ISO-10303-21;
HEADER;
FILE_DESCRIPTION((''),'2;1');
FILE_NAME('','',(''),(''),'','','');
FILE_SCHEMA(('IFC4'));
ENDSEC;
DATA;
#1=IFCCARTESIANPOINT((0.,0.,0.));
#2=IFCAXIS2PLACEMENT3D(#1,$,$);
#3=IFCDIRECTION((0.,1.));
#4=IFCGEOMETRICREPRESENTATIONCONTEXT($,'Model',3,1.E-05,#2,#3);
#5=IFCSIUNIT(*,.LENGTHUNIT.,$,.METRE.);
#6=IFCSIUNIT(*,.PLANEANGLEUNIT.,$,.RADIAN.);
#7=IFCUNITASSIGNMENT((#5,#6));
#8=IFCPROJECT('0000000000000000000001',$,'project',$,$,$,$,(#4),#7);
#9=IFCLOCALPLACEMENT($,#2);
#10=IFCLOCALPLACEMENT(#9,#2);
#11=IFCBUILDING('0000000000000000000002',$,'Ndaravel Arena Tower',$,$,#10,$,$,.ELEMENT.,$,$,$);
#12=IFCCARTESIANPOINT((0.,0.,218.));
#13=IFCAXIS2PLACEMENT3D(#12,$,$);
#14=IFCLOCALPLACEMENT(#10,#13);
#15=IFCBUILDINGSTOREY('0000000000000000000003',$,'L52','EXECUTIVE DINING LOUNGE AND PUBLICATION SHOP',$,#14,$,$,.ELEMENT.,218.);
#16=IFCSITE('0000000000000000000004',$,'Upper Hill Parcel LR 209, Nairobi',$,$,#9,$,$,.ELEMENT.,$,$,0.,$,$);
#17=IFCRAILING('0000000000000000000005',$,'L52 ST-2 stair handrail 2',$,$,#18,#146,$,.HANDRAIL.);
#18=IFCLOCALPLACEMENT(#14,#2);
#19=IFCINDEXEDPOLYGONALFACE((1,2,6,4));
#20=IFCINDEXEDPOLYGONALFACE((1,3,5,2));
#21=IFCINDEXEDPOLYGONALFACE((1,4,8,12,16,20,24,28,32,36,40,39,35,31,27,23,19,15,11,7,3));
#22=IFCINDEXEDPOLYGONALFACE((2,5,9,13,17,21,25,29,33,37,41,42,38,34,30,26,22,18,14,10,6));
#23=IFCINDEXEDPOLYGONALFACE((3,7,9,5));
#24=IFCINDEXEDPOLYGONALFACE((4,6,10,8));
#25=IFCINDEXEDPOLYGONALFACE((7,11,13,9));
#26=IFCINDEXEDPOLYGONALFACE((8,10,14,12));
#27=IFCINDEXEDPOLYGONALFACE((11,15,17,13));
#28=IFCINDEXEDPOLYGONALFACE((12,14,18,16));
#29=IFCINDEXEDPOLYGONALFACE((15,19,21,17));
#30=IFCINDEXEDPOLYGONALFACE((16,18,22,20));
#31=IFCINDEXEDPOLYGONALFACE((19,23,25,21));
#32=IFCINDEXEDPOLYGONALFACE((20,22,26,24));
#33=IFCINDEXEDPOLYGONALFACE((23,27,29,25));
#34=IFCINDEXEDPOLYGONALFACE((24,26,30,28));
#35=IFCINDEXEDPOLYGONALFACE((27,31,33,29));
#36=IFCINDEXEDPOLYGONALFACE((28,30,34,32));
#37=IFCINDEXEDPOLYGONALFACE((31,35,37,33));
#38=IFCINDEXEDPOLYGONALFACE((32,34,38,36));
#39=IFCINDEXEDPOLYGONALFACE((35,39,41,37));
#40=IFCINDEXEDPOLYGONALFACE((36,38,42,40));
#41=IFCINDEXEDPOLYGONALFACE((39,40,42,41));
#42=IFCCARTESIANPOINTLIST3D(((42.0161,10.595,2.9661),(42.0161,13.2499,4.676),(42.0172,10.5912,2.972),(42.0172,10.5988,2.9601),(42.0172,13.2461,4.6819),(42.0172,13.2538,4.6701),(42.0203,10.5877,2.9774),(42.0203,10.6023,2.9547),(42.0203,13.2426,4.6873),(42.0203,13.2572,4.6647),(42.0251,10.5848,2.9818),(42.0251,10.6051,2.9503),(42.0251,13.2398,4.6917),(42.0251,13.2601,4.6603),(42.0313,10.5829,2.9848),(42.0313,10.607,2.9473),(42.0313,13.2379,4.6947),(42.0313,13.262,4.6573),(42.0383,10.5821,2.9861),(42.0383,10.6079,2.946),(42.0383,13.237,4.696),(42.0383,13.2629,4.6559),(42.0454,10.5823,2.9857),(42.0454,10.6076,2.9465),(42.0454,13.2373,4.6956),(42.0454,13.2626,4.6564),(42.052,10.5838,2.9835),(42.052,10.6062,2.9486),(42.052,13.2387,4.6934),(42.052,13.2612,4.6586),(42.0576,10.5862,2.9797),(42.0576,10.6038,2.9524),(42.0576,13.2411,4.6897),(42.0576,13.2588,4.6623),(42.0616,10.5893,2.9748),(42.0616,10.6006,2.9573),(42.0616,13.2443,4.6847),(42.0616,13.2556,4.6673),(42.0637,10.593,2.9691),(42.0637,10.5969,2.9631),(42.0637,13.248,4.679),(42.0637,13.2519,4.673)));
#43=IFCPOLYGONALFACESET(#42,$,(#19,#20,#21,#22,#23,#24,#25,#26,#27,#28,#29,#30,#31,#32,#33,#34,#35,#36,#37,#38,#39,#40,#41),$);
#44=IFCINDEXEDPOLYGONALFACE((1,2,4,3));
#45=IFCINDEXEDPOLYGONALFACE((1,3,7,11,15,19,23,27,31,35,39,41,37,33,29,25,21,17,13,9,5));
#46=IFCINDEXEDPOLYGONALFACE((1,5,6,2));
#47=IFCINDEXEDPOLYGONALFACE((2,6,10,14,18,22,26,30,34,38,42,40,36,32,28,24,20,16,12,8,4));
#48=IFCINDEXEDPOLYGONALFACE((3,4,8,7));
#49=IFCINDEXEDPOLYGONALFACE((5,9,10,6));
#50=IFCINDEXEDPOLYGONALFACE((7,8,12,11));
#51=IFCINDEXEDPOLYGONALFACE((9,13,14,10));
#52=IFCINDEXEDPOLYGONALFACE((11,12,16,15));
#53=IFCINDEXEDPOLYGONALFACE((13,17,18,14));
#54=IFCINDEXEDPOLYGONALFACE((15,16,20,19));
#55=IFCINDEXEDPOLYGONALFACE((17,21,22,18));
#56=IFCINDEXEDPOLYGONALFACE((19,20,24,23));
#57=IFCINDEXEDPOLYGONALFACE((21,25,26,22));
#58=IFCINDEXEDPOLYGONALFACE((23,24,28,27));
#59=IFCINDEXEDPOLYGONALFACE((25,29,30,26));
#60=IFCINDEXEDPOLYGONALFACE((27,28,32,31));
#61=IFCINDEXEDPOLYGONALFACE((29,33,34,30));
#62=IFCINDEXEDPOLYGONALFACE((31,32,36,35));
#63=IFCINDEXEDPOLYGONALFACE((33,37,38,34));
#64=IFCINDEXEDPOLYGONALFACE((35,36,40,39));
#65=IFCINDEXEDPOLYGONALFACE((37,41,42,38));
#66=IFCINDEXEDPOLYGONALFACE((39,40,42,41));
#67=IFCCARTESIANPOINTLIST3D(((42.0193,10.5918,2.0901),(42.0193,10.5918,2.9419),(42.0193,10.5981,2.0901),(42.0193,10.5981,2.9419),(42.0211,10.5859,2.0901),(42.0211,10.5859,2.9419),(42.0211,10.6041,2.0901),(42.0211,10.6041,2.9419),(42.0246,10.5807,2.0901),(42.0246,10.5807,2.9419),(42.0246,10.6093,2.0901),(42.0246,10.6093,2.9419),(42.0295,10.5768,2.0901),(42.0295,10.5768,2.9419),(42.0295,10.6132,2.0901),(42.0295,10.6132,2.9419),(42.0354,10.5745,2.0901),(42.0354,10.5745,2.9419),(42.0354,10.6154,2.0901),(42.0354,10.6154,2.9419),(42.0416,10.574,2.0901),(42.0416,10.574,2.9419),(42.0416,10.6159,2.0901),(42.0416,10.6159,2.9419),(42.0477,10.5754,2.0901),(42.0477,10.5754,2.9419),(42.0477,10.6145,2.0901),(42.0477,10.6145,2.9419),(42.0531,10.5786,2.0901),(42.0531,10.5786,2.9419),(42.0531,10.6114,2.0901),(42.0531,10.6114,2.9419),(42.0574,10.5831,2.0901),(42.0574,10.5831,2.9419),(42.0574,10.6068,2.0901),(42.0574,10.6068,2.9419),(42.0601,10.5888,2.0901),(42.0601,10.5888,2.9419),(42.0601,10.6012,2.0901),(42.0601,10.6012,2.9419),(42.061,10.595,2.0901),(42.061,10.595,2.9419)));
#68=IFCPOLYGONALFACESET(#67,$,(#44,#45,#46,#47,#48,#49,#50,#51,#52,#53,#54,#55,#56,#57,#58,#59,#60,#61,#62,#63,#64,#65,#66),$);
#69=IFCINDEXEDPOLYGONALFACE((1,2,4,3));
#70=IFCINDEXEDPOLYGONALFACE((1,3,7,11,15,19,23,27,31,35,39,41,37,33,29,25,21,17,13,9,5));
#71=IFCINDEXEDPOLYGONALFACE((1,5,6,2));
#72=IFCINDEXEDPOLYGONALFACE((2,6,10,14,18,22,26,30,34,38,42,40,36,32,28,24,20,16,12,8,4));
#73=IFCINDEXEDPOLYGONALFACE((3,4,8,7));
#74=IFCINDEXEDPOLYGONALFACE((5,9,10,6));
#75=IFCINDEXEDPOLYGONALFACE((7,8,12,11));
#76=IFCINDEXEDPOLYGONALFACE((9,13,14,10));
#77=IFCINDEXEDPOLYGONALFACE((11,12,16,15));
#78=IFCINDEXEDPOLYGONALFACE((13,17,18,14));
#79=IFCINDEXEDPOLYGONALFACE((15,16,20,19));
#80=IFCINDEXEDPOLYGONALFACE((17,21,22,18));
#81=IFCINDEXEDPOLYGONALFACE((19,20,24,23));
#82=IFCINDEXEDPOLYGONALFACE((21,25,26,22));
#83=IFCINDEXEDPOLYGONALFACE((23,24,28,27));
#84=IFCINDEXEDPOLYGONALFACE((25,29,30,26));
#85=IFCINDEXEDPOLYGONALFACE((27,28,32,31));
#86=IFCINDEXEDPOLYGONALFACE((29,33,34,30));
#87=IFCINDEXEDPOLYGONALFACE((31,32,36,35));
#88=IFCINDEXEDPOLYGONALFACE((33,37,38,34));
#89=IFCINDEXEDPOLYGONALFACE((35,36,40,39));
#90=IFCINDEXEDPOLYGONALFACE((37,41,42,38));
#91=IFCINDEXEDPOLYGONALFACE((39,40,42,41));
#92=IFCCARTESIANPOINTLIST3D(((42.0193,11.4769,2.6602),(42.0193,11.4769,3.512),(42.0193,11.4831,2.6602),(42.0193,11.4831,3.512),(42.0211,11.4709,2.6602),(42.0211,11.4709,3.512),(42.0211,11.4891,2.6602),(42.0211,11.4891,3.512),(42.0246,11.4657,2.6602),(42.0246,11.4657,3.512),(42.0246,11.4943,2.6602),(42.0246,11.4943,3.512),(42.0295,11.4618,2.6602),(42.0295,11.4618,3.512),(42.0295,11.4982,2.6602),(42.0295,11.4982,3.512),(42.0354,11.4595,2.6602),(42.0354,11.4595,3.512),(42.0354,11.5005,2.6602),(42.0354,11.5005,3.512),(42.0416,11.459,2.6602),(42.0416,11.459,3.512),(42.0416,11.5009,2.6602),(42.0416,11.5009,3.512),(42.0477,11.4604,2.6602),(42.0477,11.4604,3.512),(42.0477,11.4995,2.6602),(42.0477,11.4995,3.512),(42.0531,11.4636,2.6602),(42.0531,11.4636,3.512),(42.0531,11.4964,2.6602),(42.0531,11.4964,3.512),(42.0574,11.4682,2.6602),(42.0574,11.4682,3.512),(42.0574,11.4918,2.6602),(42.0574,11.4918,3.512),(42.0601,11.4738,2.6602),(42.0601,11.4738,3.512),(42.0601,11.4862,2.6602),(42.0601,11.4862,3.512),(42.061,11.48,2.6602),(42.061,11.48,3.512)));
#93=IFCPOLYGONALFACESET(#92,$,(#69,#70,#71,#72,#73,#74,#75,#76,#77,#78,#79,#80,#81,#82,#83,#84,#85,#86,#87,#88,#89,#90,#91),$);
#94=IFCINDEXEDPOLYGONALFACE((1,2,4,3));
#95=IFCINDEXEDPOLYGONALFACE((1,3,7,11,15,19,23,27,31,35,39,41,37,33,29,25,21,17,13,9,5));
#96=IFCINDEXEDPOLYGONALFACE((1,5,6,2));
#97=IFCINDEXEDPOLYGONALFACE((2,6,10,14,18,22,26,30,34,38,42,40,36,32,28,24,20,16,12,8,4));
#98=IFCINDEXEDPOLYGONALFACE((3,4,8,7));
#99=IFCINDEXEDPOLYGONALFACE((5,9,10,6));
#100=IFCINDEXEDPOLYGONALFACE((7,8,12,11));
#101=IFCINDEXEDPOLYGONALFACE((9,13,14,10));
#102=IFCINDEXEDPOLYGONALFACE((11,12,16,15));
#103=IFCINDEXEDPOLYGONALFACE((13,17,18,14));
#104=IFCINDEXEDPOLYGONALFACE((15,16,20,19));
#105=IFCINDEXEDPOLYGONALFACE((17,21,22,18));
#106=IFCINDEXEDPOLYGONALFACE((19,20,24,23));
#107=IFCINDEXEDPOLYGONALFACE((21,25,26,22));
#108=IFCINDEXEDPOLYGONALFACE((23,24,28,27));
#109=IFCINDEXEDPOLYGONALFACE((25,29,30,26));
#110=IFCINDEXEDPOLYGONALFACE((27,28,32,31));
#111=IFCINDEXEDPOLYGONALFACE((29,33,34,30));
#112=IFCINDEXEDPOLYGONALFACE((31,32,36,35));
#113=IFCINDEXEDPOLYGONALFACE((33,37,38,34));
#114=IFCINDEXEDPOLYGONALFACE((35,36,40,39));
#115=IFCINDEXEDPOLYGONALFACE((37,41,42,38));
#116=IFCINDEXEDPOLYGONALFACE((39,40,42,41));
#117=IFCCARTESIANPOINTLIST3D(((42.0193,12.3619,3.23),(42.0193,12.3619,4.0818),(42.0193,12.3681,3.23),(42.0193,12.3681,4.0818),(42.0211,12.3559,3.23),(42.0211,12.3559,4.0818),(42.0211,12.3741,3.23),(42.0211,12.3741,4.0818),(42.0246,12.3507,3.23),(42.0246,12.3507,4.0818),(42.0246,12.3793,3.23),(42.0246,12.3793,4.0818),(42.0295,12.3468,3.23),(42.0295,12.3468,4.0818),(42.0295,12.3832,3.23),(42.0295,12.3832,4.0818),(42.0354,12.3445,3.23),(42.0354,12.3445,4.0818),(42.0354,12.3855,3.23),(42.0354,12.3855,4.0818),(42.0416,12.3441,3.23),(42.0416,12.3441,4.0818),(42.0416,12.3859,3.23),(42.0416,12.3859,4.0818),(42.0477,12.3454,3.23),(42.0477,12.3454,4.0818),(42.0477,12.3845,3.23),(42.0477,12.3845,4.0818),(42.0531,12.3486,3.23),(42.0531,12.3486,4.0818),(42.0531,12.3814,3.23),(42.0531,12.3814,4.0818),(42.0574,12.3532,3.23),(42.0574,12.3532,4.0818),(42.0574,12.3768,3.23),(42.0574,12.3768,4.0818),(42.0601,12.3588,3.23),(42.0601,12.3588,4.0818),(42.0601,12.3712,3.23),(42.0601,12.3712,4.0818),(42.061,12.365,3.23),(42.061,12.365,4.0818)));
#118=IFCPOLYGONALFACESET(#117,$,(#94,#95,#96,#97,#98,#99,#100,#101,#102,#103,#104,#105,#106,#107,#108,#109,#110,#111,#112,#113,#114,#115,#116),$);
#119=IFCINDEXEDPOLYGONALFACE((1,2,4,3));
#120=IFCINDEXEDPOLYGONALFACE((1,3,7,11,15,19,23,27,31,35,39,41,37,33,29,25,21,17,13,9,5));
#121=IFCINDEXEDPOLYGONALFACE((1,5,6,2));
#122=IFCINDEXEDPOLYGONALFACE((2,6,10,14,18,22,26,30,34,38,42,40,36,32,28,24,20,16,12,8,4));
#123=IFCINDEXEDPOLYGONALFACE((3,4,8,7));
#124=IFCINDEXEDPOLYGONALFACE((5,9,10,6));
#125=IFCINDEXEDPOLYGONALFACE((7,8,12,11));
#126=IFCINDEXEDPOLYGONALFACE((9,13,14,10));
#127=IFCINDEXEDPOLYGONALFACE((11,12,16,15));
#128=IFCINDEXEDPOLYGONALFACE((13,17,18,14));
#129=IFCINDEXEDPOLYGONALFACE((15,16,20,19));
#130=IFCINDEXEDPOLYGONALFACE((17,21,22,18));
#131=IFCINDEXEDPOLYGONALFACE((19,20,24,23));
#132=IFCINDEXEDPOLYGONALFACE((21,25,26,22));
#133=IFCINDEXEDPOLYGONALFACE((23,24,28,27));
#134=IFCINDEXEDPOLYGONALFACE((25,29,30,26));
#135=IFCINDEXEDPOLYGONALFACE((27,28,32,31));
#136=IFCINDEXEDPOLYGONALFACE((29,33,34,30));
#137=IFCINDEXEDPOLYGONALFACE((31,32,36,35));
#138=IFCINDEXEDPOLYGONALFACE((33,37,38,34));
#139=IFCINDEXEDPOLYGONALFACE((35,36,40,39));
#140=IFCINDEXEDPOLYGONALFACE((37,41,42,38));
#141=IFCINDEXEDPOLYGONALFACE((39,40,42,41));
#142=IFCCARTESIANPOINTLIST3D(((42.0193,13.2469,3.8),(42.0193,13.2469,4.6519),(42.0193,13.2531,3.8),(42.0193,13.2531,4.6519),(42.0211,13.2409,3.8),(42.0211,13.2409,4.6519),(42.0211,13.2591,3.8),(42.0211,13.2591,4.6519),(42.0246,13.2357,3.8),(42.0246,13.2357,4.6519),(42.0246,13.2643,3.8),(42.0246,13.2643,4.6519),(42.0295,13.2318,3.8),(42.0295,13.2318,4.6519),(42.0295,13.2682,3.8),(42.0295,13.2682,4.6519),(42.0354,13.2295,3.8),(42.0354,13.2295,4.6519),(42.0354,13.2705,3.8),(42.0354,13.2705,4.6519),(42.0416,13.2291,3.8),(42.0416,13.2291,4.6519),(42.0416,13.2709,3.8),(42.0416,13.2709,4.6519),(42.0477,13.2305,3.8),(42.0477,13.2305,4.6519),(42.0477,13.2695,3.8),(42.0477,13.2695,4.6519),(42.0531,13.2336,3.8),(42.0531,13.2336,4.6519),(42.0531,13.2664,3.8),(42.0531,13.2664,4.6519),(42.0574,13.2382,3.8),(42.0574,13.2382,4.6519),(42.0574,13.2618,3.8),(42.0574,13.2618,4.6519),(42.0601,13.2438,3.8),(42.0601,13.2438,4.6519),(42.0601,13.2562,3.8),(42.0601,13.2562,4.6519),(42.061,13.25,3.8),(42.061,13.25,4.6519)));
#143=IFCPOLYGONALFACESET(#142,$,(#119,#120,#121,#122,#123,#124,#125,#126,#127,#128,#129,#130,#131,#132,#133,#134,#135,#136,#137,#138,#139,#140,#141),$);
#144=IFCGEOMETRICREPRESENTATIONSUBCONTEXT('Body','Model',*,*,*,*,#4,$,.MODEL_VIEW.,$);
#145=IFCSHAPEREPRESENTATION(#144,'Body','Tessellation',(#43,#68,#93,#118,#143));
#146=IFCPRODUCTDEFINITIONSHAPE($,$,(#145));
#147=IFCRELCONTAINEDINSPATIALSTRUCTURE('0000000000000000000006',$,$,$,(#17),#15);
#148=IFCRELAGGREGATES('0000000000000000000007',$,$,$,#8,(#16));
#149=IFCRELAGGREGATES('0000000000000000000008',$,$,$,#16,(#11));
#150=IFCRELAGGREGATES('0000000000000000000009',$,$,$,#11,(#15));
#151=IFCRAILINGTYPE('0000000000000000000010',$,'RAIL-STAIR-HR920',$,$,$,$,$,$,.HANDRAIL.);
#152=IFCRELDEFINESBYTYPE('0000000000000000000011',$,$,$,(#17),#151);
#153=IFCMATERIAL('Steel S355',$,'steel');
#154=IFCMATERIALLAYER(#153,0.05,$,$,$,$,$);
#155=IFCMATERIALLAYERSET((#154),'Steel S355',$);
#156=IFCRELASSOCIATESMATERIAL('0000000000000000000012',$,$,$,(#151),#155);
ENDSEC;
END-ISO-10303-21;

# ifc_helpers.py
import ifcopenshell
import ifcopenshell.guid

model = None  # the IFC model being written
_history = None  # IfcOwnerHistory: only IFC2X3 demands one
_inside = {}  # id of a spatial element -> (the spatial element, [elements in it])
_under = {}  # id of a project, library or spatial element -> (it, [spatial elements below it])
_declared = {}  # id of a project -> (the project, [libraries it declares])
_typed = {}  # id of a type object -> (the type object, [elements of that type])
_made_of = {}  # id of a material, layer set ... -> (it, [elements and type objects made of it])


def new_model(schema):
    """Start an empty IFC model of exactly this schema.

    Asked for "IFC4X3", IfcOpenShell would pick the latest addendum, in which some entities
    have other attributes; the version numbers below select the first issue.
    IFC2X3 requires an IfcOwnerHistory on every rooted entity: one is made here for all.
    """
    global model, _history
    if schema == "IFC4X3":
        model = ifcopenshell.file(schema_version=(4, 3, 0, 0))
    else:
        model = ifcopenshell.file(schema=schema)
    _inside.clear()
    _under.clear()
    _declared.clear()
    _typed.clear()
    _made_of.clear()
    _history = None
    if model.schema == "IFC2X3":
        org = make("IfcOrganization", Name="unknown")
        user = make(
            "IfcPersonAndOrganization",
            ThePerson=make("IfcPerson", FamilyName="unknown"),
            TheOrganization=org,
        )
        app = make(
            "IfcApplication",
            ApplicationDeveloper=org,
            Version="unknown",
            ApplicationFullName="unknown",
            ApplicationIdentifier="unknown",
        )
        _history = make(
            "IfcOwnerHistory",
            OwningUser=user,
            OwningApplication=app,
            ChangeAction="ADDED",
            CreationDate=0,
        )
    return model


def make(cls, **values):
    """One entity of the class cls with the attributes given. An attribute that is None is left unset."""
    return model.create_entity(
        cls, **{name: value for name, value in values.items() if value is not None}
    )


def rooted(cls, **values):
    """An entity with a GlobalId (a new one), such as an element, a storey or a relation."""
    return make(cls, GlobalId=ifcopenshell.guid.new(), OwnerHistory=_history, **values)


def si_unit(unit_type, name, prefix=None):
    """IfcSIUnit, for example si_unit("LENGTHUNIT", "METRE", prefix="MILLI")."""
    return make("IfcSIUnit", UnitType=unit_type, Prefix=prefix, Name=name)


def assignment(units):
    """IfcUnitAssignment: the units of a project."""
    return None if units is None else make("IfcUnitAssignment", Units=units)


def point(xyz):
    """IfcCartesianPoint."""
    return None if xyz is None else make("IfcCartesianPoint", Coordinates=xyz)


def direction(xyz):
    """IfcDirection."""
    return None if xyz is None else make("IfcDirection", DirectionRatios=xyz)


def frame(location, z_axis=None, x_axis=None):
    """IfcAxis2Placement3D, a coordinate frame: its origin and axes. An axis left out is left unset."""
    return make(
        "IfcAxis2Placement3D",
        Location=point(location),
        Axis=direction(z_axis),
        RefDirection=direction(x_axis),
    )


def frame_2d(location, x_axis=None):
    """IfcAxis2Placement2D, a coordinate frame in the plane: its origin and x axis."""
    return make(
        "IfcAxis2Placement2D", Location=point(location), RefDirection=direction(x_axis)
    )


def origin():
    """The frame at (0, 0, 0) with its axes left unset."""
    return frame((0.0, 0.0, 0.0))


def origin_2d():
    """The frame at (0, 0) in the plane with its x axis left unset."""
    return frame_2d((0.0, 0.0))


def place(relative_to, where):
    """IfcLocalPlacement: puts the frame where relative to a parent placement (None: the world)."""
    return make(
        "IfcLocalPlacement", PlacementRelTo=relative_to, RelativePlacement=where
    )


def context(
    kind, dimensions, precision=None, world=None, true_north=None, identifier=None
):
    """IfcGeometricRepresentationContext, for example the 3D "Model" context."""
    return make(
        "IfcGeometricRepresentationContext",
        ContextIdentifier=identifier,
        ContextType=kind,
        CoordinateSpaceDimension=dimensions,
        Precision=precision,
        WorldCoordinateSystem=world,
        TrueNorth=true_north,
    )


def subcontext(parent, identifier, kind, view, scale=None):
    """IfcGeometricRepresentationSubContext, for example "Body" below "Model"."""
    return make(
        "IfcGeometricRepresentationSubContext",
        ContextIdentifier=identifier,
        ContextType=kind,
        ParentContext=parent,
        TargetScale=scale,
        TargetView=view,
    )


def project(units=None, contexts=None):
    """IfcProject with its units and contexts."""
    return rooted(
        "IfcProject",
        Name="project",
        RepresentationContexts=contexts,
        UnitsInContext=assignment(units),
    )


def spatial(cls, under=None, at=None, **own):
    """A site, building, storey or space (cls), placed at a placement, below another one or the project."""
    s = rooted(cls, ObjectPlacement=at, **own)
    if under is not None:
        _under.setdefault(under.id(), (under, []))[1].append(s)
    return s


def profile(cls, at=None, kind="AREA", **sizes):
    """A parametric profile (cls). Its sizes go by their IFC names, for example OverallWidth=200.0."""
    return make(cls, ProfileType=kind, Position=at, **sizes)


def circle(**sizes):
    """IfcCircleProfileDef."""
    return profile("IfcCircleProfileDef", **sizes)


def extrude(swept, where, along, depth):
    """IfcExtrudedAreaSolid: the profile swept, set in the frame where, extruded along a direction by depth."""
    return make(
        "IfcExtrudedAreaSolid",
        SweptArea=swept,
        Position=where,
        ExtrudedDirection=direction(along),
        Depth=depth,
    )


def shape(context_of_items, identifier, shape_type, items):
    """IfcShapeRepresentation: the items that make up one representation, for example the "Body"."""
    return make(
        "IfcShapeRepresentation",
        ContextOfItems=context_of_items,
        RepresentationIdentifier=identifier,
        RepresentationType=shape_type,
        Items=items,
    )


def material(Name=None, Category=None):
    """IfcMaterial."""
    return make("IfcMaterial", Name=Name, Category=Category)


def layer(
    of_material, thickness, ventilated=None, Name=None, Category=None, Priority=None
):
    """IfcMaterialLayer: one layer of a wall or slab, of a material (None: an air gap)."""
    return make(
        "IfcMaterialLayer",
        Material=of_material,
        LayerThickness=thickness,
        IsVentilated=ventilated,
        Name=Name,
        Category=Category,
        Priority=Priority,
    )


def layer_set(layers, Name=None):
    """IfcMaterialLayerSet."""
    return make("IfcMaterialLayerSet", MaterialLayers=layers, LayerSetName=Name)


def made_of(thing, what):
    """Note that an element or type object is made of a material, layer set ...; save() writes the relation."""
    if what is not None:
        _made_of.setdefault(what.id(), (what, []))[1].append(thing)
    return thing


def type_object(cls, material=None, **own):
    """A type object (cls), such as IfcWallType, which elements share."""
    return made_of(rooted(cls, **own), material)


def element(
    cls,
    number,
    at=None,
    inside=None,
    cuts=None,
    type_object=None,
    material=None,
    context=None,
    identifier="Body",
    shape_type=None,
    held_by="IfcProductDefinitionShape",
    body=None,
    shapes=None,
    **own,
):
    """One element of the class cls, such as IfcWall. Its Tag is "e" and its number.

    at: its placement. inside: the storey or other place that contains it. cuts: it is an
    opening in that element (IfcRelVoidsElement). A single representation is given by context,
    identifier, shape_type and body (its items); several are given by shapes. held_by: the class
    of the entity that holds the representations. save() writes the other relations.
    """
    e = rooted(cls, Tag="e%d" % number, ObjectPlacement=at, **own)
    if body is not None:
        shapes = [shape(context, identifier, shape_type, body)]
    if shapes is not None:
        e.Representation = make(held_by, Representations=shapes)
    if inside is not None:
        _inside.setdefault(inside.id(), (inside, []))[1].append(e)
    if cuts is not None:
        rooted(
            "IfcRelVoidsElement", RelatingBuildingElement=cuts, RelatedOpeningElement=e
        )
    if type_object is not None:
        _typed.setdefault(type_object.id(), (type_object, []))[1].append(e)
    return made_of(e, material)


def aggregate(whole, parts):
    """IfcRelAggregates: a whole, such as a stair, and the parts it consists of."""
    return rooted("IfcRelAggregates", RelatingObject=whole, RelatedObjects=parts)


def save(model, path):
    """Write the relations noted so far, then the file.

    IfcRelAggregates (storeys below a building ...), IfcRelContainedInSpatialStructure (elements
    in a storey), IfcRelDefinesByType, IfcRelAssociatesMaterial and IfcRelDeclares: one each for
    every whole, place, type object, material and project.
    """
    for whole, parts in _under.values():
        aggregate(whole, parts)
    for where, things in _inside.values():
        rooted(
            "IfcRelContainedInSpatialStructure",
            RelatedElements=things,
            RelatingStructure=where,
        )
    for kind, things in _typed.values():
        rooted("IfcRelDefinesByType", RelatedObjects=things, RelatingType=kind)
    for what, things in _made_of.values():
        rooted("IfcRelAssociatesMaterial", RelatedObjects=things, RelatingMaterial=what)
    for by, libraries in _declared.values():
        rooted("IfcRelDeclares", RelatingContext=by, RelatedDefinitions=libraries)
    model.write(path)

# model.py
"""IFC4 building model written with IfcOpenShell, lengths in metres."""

from ifc_helpers import new_model, si_unit, direction, frame, origin, origin_2d, place, context, subcontext, project, spatial, circle, extrude, material, layer, layer_set, type_object, element, save


model = new_model("IFC4")

# Units and contexts
model_context = context("Model", 3, precision=1e-05, world=origin(), true_north=direction((0.0, 1.0)))
body_context = subcontext(model_context, "Body", "Model", "MODEL_VIEW")
ifc_project = project(units=[si_unit("LENGTHUNIT", "METRE"), si_unit("PLANEANGLEUNIT", "RADIAN")], contexts=[model_context])

# Site, building, storey
site_placement = place(None, origin())
site = spatial("IfcSite", under=ifc_project, at=site_placement, Name="Upper Hill Parcel LR 209, Nairobi", CompositionType="ELEMENT", RefElevation=0.0)
building_placement = place(site_placement, origin())
building = spatial("IfcBuilding", under=site, at=building_placement, Name="Ndaravel Arena Tower", CompositionType="ELEMENT")
storey_placement = place(building_placement, frame((0.0, 0.0, 218.0)))
storey = spatial("IfcBuildingStorey", under=building, at=storey_placement, Name="L52", Description="EXECUTIVE DINING LOUNGE AND PUBLICATION SHOP", CompositionType="ELEMENT", Elevation=218.0)

# Railing
ifc_material_1 = material(Name="Steel S355", Category="steel")
ifc_layer_1 = layer(ifc_material_1, 0.05)
ifc_layer_set_1 = layer_set([ifc_layer_1], Name="Steel S355")
railing_type_1 = type_object("IfcRailingType", Name="RAIL-STAIR-HR920", PredefinedType="HANDRAIL", material=ifc_layer_set_1)
railing_1_placement = place(storey_placement, frame((42.04, 10.595, 2.0901)))
element("IfcRailing", 1, at=railing_1_placement, inside=storey, type_object=railing_type_1, Name="L52 ST-2 stair handrail 2", PredefinedType="HANDRAIL", context=body_context, shape_type="SweptSolid", body=[
    extrude(circle(Radius=0.0239, at=origin_2d()), frame((0.0, 0.0, 0.876), z_axis=(0.0, 0.840724, 0.541465), x_axis=(-1.0, 0.0, 0.0)), (0.0, 0.0, 1.0), 3.158),
    extrude(circle(Radius=0.021, at=origin_2d()), origin(), (0.0, 0.0, 1.0), 0.8518),
    extrude(circle(Radius=0.021, at=origin_2d()), frame((0.0, 0.885, 0.5701)), (0.0, 0.0, 1.0), 0.8518),
    extrude(circle(Radius=0.021, at=origin_2d()), frame((0.0, 1.77, 1.1399)), (0.0, 0.0, 1.0), 0.8518),
    extrude(circle(Radius=0.021, at=origin_2d()), frame((0.0, 2.655, 1.71)), (0.0, 0.0, 1.0), 0.8518),
])

save(model, "model.ifc")
